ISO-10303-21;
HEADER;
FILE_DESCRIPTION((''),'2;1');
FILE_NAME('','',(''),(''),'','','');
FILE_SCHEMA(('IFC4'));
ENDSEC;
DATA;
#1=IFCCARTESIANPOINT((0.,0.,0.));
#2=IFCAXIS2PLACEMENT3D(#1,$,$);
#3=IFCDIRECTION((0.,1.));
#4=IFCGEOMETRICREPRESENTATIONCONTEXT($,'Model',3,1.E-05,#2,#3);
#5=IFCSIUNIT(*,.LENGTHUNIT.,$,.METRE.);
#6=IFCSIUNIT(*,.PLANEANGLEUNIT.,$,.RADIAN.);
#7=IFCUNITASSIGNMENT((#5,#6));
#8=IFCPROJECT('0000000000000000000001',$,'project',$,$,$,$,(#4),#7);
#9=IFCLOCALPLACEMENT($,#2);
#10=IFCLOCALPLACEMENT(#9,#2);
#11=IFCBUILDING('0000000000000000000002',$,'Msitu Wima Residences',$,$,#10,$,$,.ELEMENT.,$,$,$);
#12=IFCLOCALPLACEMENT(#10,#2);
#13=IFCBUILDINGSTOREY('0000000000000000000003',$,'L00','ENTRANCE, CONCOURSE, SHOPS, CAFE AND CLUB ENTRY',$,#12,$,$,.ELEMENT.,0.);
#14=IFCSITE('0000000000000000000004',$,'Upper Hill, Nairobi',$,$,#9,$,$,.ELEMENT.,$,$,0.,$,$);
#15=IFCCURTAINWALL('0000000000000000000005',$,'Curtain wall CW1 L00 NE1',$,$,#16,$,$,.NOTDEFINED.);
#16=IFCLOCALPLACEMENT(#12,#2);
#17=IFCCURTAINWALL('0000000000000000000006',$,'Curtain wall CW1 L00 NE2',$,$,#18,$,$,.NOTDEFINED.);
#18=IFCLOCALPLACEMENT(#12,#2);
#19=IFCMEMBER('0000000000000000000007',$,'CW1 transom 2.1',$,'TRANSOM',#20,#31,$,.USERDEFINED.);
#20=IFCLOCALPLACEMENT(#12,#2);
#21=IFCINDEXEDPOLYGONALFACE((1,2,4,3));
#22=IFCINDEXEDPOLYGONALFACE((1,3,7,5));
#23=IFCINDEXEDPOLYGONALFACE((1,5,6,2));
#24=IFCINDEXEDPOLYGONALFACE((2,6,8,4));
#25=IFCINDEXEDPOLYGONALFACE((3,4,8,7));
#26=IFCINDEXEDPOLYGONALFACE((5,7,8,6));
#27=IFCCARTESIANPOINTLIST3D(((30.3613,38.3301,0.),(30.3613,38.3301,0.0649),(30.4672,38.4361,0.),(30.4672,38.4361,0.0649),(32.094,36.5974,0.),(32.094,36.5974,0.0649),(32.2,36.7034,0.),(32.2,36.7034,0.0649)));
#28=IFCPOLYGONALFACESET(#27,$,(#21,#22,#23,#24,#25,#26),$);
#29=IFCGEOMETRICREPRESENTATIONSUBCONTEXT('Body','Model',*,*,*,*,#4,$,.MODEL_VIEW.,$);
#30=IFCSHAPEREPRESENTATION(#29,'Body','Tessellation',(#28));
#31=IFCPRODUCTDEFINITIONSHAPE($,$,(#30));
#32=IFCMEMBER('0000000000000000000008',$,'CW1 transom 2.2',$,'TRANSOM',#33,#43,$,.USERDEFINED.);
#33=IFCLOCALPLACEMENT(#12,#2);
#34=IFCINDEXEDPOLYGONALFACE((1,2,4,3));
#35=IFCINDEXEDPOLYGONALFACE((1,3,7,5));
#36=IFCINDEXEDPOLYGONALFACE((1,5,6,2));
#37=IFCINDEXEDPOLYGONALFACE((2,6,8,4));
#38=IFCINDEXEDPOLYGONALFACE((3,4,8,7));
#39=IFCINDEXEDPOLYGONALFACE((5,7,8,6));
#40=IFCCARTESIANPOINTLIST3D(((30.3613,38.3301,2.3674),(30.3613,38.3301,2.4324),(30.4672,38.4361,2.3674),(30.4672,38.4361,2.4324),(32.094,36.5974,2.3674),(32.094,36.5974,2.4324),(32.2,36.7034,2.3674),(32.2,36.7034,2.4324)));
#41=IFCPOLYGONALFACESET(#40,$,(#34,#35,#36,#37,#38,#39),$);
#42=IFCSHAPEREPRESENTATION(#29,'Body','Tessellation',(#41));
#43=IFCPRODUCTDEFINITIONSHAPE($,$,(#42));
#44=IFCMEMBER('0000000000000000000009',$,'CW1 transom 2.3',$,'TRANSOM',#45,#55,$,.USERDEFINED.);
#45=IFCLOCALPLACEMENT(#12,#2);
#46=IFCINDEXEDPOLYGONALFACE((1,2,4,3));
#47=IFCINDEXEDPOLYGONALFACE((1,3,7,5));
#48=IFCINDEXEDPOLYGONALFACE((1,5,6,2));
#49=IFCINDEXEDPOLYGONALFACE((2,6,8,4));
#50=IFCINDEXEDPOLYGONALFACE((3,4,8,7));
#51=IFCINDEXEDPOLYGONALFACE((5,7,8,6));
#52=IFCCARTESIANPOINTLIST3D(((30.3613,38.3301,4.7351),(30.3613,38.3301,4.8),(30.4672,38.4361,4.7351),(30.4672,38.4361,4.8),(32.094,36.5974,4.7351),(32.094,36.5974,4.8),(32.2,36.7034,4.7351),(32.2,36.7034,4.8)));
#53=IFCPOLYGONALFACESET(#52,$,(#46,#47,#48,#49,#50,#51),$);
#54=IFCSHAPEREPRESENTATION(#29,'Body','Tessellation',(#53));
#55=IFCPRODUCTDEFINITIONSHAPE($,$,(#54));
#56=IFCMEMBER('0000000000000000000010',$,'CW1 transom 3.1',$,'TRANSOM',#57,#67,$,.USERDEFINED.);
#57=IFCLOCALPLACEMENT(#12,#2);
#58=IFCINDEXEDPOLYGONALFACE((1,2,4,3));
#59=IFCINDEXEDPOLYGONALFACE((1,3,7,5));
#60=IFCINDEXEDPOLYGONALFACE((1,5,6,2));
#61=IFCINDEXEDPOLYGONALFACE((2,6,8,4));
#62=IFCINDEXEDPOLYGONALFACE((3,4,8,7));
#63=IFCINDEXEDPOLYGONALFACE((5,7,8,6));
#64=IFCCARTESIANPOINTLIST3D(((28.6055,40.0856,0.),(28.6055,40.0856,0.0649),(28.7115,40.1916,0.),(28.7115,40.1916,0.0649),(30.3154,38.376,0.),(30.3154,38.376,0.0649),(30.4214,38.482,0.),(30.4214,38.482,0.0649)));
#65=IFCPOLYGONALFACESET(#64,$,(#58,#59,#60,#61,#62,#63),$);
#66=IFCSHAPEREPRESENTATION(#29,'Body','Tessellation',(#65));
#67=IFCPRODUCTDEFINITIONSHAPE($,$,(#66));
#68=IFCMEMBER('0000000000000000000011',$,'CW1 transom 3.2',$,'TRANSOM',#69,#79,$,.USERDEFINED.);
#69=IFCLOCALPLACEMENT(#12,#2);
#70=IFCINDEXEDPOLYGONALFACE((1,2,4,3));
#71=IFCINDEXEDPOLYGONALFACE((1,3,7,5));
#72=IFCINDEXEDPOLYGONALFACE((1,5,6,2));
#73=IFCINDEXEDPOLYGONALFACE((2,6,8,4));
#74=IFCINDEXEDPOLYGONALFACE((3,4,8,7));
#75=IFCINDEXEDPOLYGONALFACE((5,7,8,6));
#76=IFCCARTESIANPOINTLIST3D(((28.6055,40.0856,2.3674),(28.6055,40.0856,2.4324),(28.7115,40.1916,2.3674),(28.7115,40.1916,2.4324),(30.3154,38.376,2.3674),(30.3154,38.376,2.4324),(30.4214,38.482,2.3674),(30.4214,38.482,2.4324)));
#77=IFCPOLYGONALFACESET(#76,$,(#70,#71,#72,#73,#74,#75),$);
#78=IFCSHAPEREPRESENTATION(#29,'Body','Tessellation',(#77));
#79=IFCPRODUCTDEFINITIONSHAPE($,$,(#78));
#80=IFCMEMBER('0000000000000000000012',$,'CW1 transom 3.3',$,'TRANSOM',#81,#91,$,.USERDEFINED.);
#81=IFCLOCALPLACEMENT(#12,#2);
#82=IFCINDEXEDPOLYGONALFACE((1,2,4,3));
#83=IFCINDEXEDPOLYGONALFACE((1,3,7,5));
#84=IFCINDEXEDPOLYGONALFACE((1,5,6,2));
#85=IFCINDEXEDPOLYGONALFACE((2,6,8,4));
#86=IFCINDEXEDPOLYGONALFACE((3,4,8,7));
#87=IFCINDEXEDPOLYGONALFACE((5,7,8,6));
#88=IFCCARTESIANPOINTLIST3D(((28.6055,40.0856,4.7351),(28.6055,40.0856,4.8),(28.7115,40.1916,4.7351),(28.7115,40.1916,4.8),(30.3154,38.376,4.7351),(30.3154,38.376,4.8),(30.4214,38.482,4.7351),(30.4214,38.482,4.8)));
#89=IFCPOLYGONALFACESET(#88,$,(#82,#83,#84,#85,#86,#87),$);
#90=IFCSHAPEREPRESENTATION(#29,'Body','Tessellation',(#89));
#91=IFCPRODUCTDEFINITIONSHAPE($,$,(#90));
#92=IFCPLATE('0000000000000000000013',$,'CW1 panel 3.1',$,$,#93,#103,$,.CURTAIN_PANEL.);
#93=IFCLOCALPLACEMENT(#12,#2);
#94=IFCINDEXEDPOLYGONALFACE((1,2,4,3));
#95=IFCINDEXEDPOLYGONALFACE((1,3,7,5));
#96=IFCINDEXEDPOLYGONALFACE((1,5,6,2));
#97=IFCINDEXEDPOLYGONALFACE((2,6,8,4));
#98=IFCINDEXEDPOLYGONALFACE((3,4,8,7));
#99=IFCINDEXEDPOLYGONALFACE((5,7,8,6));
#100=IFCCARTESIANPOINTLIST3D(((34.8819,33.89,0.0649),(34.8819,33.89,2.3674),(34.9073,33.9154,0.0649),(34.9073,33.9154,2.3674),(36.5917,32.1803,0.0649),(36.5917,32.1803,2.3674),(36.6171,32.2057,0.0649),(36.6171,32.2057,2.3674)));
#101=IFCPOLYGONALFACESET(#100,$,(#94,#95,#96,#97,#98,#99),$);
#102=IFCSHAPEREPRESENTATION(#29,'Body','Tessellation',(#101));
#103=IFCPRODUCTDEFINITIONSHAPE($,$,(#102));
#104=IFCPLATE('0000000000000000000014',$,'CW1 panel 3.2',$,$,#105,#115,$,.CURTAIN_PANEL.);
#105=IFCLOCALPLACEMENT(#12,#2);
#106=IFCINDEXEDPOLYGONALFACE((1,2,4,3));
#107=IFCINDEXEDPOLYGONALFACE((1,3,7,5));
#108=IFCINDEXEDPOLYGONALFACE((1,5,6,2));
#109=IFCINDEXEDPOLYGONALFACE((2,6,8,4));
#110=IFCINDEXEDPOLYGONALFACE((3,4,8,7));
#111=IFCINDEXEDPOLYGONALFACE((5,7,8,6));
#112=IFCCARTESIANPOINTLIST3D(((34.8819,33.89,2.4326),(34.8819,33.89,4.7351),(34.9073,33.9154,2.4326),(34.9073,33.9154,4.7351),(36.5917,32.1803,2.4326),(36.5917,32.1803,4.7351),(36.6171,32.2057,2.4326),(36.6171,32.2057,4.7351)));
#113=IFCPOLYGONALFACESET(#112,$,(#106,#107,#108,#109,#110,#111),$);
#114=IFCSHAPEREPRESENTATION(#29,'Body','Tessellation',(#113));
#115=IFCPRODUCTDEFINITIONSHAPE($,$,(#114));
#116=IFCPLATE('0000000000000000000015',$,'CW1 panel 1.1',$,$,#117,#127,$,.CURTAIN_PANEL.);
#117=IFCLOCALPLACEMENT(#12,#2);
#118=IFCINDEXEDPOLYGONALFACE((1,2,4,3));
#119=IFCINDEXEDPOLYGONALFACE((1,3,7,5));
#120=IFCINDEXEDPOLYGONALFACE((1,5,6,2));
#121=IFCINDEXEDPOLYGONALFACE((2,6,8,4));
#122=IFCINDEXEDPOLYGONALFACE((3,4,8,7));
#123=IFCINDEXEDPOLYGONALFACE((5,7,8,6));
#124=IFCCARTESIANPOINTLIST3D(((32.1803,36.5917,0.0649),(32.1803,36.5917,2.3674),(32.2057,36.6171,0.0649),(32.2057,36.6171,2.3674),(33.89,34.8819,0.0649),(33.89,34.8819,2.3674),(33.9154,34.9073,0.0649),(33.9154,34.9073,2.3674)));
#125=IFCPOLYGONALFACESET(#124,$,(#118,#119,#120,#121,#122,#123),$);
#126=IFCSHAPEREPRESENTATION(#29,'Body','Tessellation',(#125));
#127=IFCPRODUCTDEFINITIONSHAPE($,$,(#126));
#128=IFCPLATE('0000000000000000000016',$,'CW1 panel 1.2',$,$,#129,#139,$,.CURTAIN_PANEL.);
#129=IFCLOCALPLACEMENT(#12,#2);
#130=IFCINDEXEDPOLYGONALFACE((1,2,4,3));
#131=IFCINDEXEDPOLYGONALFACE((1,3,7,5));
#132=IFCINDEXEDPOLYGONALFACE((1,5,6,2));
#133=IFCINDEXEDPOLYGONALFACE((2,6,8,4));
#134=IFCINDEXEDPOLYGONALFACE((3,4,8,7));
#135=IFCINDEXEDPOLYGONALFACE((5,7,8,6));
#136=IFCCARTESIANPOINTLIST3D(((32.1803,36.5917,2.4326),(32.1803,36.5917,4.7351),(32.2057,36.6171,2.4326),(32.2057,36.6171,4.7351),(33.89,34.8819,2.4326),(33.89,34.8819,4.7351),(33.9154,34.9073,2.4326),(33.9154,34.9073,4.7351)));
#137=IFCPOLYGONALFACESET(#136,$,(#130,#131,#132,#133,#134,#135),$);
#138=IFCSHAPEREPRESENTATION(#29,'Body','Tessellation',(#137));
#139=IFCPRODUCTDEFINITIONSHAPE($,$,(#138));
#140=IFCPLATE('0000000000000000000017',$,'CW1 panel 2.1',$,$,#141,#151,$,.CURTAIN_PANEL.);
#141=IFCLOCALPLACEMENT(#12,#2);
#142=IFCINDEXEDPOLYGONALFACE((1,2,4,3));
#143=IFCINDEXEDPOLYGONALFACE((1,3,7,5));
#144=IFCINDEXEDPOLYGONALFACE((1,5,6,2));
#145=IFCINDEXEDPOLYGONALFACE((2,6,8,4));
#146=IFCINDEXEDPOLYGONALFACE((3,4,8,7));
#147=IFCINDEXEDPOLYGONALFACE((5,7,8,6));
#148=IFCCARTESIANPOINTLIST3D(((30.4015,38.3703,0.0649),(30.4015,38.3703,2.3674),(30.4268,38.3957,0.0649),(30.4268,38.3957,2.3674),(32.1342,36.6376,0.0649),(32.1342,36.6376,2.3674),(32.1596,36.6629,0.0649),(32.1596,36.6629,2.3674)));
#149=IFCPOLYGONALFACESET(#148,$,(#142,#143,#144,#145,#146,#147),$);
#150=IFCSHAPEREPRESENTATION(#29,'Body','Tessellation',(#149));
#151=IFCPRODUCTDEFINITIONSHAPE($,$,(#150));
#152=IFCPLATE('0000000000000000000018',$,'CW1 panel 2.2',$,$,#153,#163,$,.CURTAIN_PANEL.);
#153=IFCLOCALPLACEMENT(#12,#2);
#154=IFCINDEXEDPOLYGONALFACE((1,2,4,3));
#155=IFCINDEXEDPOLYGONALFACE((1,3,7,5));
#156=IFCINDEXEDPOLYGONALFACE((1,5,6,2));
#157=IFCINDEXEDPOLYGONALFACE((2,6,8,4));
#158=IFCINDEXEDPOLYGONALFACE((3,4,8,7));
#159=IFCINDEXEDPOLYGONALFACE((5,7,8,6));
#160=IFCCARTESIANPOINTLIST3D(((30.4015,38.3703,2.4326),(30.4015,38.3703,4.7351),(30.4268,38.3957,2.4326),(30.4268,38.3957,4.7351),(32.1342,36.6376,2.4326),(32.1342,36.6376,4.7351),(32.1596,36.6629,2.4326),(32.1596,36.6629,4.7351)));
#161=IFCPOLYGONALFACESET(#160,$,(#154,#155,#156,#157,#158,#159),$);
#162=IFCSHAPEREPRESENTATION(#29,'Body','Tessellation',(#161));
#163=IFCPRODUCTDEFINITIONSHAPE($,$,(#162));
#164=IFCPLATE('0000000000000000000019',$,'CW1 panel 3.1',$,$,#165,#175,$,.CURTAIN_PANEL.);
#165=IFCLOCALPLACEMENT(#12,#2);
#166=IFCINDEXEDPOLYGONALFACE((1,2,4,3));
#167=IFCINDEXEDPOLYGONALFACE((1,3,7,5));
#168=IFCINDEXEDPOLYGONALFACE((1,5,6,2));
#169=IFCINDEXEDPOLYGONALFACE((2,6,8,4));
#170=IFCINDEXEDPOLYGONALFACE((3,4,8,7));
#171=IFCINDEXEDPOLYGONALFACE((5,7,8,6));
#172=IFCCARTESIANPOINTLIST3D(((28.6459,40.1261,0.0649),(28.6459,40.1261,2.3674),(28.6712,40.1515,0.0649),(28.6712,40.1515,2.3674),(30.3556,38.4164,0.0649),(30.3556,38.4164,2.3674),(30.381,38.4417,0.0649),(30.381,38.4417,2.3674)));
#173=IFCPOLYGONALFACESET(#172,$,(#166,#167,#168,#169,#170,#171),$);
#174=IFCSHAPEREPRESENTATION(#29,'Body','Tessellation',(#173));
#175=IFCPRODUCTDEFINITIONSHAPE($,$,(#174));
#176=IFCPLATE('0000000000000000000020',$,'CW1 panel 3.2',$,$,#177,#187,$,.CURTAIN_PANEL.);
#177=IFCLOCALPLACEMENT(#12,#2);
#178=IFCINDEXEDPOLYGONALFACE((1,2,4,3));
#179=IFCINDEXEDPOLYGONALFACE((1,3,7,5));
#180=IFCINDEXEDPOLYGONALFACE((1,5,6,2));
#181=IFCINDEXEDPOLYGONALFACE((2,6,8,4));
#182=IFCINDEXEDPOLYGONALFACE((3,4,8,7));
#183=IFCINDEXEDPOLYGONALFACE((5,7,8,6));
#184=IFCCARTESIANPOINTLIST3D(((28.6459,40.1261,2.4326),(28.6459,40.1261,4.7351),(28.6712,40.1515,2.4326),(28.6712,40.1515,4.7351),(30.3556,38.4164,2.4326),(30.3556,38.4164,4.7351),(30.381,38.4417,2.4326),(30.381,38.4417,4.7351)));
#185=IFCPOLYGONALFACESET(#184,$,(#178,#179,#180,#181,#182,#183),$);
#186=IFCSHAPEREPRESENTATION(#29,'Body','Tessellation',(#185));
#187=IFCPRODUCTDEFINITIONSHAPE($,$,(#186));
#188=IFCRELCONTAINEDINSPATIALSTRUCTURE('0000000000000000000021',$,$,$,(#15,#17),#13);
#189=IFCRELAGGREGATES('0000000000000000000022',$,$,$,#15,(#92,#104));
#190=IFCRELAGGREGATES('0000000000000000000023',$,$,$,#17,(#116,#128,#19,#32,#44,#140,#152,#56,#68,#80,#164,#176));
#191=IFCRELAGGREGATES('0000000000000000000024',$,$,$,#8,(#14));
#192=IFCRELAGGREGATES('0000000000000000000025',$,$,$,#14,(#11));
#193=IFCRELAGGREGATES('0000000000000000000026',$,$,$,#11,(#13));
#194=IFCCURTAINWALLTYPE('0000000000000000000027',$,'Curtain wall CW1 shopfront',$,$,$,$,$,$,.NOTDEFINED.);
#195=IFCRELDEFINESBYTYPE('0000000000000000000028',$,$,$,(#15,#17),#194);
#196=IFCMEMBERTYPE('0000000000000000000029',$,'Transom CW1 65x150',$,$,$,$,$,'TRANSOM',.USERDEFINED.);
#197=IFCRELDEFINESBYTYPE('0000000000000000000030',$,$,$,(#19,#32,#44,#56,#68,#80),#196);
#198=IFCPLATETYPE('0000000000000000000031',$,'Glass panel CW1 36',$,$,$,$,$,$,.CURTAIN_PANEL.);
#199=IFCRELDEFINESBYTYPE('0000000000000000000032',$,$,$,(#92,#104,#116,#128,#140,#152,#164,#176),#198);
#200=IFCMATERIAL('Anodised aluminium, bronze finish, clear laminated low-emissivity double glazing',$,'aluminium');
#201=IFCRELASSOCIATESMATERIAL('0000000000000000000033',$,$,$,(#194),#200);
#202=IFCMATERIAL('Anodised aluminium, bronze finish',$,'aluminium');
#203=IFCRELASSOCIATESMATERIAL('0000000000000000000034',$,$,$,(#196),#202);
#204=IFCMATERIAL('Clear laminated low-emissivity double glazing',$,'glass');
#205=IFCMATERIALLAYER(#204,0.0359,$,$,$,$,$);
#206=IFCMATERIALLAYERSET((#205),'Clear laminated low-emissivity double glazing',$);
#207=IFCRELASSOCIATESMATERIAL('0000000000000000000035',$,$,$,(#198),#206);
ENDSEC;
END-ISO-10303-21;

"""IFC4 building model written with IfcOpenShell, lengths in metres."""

from ifc_helpers import new_model, si_unit, direction, frame, origin, origin_2d, place, context, subcontext, project, spatial, rectangle, extrude, material, layer, layer_set, material_profile, profile_set, type_object, element, aggregate, save


model = new_model("IFC4")

# Units and contexts
model_context = context("Model", 3, precision=1e-05, world=origin(), true_north=direction((0.0, 1.0)))
body_context = subcontext(model_context, "Body", "Model", "MODEL_VIEW")
ifc_project = project(units=[si_unit("LENGTHUNIT", "METRE"), si_unit("PLANEANGLEUNIT", "RADIAN")], contexts=[model_context])

# Site, building, storey
site_placement = place(None, origin())
site = spatial("IfcSite", under=ifc_project, at=site_placement, Name="Upper Hill, Nairobi", CompositionType="ELEMENT", RefElevation=0.0)
building_placement = place(site_placement, origin())
building = spatial("IfcBuilding", under=site, at=building_placement, Name="Msitu Wima Residences", CompositionType="ELEMENT")
storey_placement = place(building_placement, origin())
storey = spatial("IfcBuildingStorey", under=building, at=storey_placement, Name="L00", Description="ENTRANCE, CONCOURSE, SHOPS, CAFE AND CLUB ENTRY", CompositionType="ELEMENT", Elevation=0.0)

# Curtain wall
ifc_material_1 = material(Name="Anodised aluminium, bronze finish, clear laminated low-emissivity double glazing", Category="aluminium")
curtain_wall_type = type_object("IfcCurtainWallType", Name="Curtain wall CW1 shopfront", PredefinedType="NOTDEFINED", material=ifc_material_1)
curtain_wall_1_placement = place(storey_placement, origin())
curtain_wall_1 = element("IfcCurtainWall", 1, at=curtain_wall_1_placement, inside=storey, type_object=curtain_wall_type, Name="Curtain wall CW1 L00 NE1", PredefinedType="NOTDEFINED")
ifc_material_2 = material(Name="Anodised aluminium, bronze finish", Category="aluminium")

# Curtain wall
curtain_wall_2_placement = place(storey_placement, origin())
curtain_wall_2 = element("IfcCurtainWall", 2, at=curtain_wall_2_placement, inside=storey, type_object=curtain_wall_type, Name="Curtain wall CW1 L00 NE2", PredefinedType="NOTDEFINED")

# Members
ifc_material_profile_1 = material_profile(ifc_material_2, rectangle(XDim=0.1499, YDim=0.0649, at=origin_2d()), Name="Transom 65x150")
ifc_profile_set_1 = profile_set([ifc_material_profile_1], Name="Anodised aluminium, bronze finish")
member_type_1 = type_object("IfcMemberType", Name="Transom CW1 65x150", ElementType="TRANSOM", PredefinedType="USERDEFINED", material=ifc_profile_set_1)
member_1_placement = place(storey_placement, frame((32.147, 36.6504, 0.0325), z_axis=(-0.707107, 0.707107, 0.0), x_axis=(-0.707107, -0.707107, 0.0)))
member_1 = element("IfcMember", 3, at=member_1_placement, type_object=member_type_1, Name="CW1 transom 2.1", ObjectType="TRANSOM", PredefinedType="USERDEFINED", context=body_context, shape_type="SweptSolid", body=[
    extrude(rectangle(XDim=0.1499, YDim=0.0649, at=origin_2d()), origin(), (0.0, 0.0, 1.0), 2.4504),
])
member_2_placement = place(storey_placement, frame((32.147, 36.6504, 2.3999), z_axis=(-0.707107, 0.707107, 0.0), x_axis=(-0.707107, -0.707107, 0.0)))
member_2 = element("IfcMember", 4, at=member_2_placement, type_object=member_type_1, Name="CW1 transom 2.2", ObjectType="TRANSOM", PredefinedType="USERDEFINED", context=body_context, shape_type="SweptSolid", body=[
    extrude(rectangle(XDim=0.1499, YDim=0.0649, at=origin_2d()), origin(), (0.0, 0.0, 1.0), 2.4504),
])
member_3_placement = place(storey_placement, frame((32.147, 36.6504, 4.7676), z_axis=(-0.707107, 0.707107, 0.0), x_axis=(-0.707107, -0.707107, 0.0)))
member_3 = element("IfcMember", 5, at=member_3_placement, type_object=member_type_1, Name="CW1 transom 2.3", ObjectType="TRANSOM", PredefinedType="USERDEFINED", context=body_context, shape_type="SweptSolid", body=[
    extrude(rectangle(XDim=0.1499, YDim=0.0649, at=origin_2d()), origin(), (0.0, 0.0, 1.0), 2.4504),
])
member_4_placement = place(storey_placement, frame((30.3684, 38.429, 0.0325), z_axis=(-0.707157, 0.707056, 0.0), x_axis=(-0.707056, -0.707157, 0.0)))
member_4 = element("IfcMember", 6, at=member_4_placement, type_object=member_type_1, Name="CW1 transom 3.1", ObjectType="TRANSOM", PredefinedType="USERDEFINED", context=body_context, shape_type="SweptSolid", body=[
    extrude(rectangle(XDim=0.1499, YDim=0.0649, at=origin_2d()), origin(), (0.0, 0.0, 1.0), 2.418),
])
member_5_placement = place(storey_placement, frame((30.3684, 38.429, 2.3999), z_axis=(-0.707157, 0.707056, 0.0), x_axis=(-0.707056, -0.707157, 0.0)))
member_5 = element("IfcMember", 7, at=member_5_placement, type_object=member_type_1, Name="CW1 transom 3.2", ObjectType="TRANSOM", PredefinedType="USERDEFINED", context=body_context, shape_type="SweptSolid", body=[
    extrude(rectangle(XDim=0.1499, YDim=0.0649, at=origin_2d()), origin(), (0.0, 0.0, 1.0), 2.418),
])
member_6_placement = place(storey_placement, frame((30.3684, 38.429, 4.7676), z_axis=(-0.707157, 0.707056, 0.0), x_axis=(-0.707056, -0.707157, 0.0)))
member_6 = element("IfcMember", 8, at=member_6_placement, type_object=member_type_1, Name="CW1 transom 3.3", ObjectType="TRANSOM", PredefinedType="USERDEFINED", context=body_context, shape_type="SweptSolid", body=[
    extrude(rectangle(XDim=0.1499, YDim=0.0649, at=origin_2d()), origin(), (0.0, 0.0, 1.0), 2.418),
])

# Plates
ifc_material_3 = material(Name="Clear laminated low-emissivity double glazing", Category="glass")
ifc_layer_1 = layer(ifc_material_3, 0.0359)
ifc_layer_set_1 = layer_set([ifc_layer_1], Name="Clear laminated low-emissivity double glazing")
plate_type = type_object("IfcPlateType", Name="Glass panel CW1 36", PredefinedType="CURTAIN_PANEL", material=ifc_layer_set_1)
plate_1_placement = place(storey_placement, frame((35.7495, 33.0479, 0.0649), z_axis=(0.0, 0.0, 1.0), x_axis=(-0.707107, 0.707107, 0.0)))
plate_1 = element("IfcPlate", 9, at=plate_1_placement, type_object=plate_type, Name="CW1 panel 3.1", PredefinedType="CURTAIN_PANEL", context=body_context, shape_type="SweptSolid", body=[
    extrude(rectangle(XDim=2.418, YDim=0.0359, at=origin_2d()), origin(), (0.0, 0.0, 1.0), 2.3025),
])
plate_2_placement = place(storey_placement, frame((35.7495, 33.0479, 2.4326), z_axis=(0.0, 0.0, 1.0), x_axis=(-0.707107, 0.707107, 0.0)))
plate_2 = element("IfcPlate", 10, at=plate_2_placement, type_object=plate_type, Name="CW1 panel 3.2", PredefinedType="CURTAIN_PANEL", context=body_context, shape_type="SweptSolid", body=[
    extrude(rectangle(XDim=2.418, YDim=0.0359, at=origin_2d()), origin(), (0.0, 0.0, 1.0), 2.3025),
])
aggregate(curtain_wall_1, [plate_1, plate_2])
plate_3_placement = place(storey_placement, frame((33.0479, 35.7495, 0.0649), z_axis=(0.0, 0.0, 1.0), x_axis=(-0.707107, 0.707107, 0.0)))
plate_3 = element("IfcPlate", 11, at=plate_3_placement, type_object=plate_type, Name="CW1 panel 1.1", PredefinedType="CURTAIN_PANEL", context=body_context, shape_type="SweptSolid", body=[
    extrude(rectangle(XDim=2.418, YDim=0.0359, at=origin_2d()), origin(), (0.0, 0.0, 1.0), 2.3025),
])
plate_4_placement = place(storey_placement, frame((33.0479, 35.7495, 2.4326), z_axis=(0.0, 0.0, 1.0), x_axis=(-0.707107, 0.707107, 0.0)))
plate_4 = element("IfcPlate", 12, at=plate_4_placement, type_object=plate_type, Name="CW1 panel 1.2", PredefinedType="CURTAIN_PANEL", context=body_context, shape_type="SweptSolid", body=[
    extrude(rectangle(XDim=2.418, YDim=0.0359, at=origin_2d()), origin(), (0.0, 0.0, 1.0), 2.3025),
])
plate_5_placement = place(storey_placement, frame((31.2805, 37.5166, 0.0649), z_axis=(0.0, 0.0, 1.0), x_axis=(-0.707107, 0.707107, 0.0)))
plate_5 = element("IfcPlate", 13, at=plate_5_placement, type_object=plate_type, Name="CW1 panel 2.1", PredefinedType="CURTAIN_PANEL", context=body_context, shape_type="SweptSolid", body=[
    extrude(rectangle(XDim=2.4504, YDim=0.0359, at=origin_2d()), origin(), (0.0, 0.0, 1.0), 2.3025),
])
plate_6_placement = place(storey_placement, frame((31.2805, 37.5166, 2.4326), z_axis=(0.0, 0.0, 1.0), x_axis=(-0.707107, 0.707107, 0.0)))
plate_6 = element("IfcPlate", 14, at=plate_6_placement, type_object=plate_type, Name="CW1 panel 2.2", PredefinedType="CURTAIN_PANEL", context=body_context, shape_type="SweptSolid", body=[
    extrude(rectangle(XDim=2.4504, YDim=0.0359, at=origin_2d()), origin(), (0.0, 0.0, 1.0), 2.3025),
])
plate_7_placement = place(storey_placement, frame((29.5134, 39.2839, 0.0649), z_axis=(0.0, 0.0, 1.0), x_axis=(-0.707107, 0.707107, 0.0)))
plate_7 = element("IfcPlate", 15, at=plate_7_placement, type_object=plate_type, Name="CW1 panel 3.1", PredefinedType="CURTAIN_PANEL", context=body_context, shape_type="SweptSolid", body=[
    extrude(rectangle(XDim=2.418, YDim=0.0359, at=origin_2d()), origin(), (0.0, 0.0, 1.0), 2.3025),
])
plate_8_placement = place(storey_placement, frame((29.5134, 39.2839, 2.4326), z_axis=(0.0, 0.0, 1.0), x_axis=(-0.707107, 0.707107, 0.0)))
plate_8 = element("IfcPlate", 16, at=plate_8_placement, type_object=plate_type, Name="CW1 panel 3.2", PredefinedType="CURTAIN_PANEL", context=body_context, shape_type="SweptSolid", body=[
    extrude(rectangle(XDim=2.418, YDim=0.0359, at=origin_2d()), origin(), (0.0, 0.0, 1.0), 2.3025),
])
aggregate(curtain_wall_2, [plate_3, plate_4, member_1, member_2, member_3, plate_5, plate_6, member_4, member_5, member_6, plate_7, plate_8])

save(model, "model.ifc")
